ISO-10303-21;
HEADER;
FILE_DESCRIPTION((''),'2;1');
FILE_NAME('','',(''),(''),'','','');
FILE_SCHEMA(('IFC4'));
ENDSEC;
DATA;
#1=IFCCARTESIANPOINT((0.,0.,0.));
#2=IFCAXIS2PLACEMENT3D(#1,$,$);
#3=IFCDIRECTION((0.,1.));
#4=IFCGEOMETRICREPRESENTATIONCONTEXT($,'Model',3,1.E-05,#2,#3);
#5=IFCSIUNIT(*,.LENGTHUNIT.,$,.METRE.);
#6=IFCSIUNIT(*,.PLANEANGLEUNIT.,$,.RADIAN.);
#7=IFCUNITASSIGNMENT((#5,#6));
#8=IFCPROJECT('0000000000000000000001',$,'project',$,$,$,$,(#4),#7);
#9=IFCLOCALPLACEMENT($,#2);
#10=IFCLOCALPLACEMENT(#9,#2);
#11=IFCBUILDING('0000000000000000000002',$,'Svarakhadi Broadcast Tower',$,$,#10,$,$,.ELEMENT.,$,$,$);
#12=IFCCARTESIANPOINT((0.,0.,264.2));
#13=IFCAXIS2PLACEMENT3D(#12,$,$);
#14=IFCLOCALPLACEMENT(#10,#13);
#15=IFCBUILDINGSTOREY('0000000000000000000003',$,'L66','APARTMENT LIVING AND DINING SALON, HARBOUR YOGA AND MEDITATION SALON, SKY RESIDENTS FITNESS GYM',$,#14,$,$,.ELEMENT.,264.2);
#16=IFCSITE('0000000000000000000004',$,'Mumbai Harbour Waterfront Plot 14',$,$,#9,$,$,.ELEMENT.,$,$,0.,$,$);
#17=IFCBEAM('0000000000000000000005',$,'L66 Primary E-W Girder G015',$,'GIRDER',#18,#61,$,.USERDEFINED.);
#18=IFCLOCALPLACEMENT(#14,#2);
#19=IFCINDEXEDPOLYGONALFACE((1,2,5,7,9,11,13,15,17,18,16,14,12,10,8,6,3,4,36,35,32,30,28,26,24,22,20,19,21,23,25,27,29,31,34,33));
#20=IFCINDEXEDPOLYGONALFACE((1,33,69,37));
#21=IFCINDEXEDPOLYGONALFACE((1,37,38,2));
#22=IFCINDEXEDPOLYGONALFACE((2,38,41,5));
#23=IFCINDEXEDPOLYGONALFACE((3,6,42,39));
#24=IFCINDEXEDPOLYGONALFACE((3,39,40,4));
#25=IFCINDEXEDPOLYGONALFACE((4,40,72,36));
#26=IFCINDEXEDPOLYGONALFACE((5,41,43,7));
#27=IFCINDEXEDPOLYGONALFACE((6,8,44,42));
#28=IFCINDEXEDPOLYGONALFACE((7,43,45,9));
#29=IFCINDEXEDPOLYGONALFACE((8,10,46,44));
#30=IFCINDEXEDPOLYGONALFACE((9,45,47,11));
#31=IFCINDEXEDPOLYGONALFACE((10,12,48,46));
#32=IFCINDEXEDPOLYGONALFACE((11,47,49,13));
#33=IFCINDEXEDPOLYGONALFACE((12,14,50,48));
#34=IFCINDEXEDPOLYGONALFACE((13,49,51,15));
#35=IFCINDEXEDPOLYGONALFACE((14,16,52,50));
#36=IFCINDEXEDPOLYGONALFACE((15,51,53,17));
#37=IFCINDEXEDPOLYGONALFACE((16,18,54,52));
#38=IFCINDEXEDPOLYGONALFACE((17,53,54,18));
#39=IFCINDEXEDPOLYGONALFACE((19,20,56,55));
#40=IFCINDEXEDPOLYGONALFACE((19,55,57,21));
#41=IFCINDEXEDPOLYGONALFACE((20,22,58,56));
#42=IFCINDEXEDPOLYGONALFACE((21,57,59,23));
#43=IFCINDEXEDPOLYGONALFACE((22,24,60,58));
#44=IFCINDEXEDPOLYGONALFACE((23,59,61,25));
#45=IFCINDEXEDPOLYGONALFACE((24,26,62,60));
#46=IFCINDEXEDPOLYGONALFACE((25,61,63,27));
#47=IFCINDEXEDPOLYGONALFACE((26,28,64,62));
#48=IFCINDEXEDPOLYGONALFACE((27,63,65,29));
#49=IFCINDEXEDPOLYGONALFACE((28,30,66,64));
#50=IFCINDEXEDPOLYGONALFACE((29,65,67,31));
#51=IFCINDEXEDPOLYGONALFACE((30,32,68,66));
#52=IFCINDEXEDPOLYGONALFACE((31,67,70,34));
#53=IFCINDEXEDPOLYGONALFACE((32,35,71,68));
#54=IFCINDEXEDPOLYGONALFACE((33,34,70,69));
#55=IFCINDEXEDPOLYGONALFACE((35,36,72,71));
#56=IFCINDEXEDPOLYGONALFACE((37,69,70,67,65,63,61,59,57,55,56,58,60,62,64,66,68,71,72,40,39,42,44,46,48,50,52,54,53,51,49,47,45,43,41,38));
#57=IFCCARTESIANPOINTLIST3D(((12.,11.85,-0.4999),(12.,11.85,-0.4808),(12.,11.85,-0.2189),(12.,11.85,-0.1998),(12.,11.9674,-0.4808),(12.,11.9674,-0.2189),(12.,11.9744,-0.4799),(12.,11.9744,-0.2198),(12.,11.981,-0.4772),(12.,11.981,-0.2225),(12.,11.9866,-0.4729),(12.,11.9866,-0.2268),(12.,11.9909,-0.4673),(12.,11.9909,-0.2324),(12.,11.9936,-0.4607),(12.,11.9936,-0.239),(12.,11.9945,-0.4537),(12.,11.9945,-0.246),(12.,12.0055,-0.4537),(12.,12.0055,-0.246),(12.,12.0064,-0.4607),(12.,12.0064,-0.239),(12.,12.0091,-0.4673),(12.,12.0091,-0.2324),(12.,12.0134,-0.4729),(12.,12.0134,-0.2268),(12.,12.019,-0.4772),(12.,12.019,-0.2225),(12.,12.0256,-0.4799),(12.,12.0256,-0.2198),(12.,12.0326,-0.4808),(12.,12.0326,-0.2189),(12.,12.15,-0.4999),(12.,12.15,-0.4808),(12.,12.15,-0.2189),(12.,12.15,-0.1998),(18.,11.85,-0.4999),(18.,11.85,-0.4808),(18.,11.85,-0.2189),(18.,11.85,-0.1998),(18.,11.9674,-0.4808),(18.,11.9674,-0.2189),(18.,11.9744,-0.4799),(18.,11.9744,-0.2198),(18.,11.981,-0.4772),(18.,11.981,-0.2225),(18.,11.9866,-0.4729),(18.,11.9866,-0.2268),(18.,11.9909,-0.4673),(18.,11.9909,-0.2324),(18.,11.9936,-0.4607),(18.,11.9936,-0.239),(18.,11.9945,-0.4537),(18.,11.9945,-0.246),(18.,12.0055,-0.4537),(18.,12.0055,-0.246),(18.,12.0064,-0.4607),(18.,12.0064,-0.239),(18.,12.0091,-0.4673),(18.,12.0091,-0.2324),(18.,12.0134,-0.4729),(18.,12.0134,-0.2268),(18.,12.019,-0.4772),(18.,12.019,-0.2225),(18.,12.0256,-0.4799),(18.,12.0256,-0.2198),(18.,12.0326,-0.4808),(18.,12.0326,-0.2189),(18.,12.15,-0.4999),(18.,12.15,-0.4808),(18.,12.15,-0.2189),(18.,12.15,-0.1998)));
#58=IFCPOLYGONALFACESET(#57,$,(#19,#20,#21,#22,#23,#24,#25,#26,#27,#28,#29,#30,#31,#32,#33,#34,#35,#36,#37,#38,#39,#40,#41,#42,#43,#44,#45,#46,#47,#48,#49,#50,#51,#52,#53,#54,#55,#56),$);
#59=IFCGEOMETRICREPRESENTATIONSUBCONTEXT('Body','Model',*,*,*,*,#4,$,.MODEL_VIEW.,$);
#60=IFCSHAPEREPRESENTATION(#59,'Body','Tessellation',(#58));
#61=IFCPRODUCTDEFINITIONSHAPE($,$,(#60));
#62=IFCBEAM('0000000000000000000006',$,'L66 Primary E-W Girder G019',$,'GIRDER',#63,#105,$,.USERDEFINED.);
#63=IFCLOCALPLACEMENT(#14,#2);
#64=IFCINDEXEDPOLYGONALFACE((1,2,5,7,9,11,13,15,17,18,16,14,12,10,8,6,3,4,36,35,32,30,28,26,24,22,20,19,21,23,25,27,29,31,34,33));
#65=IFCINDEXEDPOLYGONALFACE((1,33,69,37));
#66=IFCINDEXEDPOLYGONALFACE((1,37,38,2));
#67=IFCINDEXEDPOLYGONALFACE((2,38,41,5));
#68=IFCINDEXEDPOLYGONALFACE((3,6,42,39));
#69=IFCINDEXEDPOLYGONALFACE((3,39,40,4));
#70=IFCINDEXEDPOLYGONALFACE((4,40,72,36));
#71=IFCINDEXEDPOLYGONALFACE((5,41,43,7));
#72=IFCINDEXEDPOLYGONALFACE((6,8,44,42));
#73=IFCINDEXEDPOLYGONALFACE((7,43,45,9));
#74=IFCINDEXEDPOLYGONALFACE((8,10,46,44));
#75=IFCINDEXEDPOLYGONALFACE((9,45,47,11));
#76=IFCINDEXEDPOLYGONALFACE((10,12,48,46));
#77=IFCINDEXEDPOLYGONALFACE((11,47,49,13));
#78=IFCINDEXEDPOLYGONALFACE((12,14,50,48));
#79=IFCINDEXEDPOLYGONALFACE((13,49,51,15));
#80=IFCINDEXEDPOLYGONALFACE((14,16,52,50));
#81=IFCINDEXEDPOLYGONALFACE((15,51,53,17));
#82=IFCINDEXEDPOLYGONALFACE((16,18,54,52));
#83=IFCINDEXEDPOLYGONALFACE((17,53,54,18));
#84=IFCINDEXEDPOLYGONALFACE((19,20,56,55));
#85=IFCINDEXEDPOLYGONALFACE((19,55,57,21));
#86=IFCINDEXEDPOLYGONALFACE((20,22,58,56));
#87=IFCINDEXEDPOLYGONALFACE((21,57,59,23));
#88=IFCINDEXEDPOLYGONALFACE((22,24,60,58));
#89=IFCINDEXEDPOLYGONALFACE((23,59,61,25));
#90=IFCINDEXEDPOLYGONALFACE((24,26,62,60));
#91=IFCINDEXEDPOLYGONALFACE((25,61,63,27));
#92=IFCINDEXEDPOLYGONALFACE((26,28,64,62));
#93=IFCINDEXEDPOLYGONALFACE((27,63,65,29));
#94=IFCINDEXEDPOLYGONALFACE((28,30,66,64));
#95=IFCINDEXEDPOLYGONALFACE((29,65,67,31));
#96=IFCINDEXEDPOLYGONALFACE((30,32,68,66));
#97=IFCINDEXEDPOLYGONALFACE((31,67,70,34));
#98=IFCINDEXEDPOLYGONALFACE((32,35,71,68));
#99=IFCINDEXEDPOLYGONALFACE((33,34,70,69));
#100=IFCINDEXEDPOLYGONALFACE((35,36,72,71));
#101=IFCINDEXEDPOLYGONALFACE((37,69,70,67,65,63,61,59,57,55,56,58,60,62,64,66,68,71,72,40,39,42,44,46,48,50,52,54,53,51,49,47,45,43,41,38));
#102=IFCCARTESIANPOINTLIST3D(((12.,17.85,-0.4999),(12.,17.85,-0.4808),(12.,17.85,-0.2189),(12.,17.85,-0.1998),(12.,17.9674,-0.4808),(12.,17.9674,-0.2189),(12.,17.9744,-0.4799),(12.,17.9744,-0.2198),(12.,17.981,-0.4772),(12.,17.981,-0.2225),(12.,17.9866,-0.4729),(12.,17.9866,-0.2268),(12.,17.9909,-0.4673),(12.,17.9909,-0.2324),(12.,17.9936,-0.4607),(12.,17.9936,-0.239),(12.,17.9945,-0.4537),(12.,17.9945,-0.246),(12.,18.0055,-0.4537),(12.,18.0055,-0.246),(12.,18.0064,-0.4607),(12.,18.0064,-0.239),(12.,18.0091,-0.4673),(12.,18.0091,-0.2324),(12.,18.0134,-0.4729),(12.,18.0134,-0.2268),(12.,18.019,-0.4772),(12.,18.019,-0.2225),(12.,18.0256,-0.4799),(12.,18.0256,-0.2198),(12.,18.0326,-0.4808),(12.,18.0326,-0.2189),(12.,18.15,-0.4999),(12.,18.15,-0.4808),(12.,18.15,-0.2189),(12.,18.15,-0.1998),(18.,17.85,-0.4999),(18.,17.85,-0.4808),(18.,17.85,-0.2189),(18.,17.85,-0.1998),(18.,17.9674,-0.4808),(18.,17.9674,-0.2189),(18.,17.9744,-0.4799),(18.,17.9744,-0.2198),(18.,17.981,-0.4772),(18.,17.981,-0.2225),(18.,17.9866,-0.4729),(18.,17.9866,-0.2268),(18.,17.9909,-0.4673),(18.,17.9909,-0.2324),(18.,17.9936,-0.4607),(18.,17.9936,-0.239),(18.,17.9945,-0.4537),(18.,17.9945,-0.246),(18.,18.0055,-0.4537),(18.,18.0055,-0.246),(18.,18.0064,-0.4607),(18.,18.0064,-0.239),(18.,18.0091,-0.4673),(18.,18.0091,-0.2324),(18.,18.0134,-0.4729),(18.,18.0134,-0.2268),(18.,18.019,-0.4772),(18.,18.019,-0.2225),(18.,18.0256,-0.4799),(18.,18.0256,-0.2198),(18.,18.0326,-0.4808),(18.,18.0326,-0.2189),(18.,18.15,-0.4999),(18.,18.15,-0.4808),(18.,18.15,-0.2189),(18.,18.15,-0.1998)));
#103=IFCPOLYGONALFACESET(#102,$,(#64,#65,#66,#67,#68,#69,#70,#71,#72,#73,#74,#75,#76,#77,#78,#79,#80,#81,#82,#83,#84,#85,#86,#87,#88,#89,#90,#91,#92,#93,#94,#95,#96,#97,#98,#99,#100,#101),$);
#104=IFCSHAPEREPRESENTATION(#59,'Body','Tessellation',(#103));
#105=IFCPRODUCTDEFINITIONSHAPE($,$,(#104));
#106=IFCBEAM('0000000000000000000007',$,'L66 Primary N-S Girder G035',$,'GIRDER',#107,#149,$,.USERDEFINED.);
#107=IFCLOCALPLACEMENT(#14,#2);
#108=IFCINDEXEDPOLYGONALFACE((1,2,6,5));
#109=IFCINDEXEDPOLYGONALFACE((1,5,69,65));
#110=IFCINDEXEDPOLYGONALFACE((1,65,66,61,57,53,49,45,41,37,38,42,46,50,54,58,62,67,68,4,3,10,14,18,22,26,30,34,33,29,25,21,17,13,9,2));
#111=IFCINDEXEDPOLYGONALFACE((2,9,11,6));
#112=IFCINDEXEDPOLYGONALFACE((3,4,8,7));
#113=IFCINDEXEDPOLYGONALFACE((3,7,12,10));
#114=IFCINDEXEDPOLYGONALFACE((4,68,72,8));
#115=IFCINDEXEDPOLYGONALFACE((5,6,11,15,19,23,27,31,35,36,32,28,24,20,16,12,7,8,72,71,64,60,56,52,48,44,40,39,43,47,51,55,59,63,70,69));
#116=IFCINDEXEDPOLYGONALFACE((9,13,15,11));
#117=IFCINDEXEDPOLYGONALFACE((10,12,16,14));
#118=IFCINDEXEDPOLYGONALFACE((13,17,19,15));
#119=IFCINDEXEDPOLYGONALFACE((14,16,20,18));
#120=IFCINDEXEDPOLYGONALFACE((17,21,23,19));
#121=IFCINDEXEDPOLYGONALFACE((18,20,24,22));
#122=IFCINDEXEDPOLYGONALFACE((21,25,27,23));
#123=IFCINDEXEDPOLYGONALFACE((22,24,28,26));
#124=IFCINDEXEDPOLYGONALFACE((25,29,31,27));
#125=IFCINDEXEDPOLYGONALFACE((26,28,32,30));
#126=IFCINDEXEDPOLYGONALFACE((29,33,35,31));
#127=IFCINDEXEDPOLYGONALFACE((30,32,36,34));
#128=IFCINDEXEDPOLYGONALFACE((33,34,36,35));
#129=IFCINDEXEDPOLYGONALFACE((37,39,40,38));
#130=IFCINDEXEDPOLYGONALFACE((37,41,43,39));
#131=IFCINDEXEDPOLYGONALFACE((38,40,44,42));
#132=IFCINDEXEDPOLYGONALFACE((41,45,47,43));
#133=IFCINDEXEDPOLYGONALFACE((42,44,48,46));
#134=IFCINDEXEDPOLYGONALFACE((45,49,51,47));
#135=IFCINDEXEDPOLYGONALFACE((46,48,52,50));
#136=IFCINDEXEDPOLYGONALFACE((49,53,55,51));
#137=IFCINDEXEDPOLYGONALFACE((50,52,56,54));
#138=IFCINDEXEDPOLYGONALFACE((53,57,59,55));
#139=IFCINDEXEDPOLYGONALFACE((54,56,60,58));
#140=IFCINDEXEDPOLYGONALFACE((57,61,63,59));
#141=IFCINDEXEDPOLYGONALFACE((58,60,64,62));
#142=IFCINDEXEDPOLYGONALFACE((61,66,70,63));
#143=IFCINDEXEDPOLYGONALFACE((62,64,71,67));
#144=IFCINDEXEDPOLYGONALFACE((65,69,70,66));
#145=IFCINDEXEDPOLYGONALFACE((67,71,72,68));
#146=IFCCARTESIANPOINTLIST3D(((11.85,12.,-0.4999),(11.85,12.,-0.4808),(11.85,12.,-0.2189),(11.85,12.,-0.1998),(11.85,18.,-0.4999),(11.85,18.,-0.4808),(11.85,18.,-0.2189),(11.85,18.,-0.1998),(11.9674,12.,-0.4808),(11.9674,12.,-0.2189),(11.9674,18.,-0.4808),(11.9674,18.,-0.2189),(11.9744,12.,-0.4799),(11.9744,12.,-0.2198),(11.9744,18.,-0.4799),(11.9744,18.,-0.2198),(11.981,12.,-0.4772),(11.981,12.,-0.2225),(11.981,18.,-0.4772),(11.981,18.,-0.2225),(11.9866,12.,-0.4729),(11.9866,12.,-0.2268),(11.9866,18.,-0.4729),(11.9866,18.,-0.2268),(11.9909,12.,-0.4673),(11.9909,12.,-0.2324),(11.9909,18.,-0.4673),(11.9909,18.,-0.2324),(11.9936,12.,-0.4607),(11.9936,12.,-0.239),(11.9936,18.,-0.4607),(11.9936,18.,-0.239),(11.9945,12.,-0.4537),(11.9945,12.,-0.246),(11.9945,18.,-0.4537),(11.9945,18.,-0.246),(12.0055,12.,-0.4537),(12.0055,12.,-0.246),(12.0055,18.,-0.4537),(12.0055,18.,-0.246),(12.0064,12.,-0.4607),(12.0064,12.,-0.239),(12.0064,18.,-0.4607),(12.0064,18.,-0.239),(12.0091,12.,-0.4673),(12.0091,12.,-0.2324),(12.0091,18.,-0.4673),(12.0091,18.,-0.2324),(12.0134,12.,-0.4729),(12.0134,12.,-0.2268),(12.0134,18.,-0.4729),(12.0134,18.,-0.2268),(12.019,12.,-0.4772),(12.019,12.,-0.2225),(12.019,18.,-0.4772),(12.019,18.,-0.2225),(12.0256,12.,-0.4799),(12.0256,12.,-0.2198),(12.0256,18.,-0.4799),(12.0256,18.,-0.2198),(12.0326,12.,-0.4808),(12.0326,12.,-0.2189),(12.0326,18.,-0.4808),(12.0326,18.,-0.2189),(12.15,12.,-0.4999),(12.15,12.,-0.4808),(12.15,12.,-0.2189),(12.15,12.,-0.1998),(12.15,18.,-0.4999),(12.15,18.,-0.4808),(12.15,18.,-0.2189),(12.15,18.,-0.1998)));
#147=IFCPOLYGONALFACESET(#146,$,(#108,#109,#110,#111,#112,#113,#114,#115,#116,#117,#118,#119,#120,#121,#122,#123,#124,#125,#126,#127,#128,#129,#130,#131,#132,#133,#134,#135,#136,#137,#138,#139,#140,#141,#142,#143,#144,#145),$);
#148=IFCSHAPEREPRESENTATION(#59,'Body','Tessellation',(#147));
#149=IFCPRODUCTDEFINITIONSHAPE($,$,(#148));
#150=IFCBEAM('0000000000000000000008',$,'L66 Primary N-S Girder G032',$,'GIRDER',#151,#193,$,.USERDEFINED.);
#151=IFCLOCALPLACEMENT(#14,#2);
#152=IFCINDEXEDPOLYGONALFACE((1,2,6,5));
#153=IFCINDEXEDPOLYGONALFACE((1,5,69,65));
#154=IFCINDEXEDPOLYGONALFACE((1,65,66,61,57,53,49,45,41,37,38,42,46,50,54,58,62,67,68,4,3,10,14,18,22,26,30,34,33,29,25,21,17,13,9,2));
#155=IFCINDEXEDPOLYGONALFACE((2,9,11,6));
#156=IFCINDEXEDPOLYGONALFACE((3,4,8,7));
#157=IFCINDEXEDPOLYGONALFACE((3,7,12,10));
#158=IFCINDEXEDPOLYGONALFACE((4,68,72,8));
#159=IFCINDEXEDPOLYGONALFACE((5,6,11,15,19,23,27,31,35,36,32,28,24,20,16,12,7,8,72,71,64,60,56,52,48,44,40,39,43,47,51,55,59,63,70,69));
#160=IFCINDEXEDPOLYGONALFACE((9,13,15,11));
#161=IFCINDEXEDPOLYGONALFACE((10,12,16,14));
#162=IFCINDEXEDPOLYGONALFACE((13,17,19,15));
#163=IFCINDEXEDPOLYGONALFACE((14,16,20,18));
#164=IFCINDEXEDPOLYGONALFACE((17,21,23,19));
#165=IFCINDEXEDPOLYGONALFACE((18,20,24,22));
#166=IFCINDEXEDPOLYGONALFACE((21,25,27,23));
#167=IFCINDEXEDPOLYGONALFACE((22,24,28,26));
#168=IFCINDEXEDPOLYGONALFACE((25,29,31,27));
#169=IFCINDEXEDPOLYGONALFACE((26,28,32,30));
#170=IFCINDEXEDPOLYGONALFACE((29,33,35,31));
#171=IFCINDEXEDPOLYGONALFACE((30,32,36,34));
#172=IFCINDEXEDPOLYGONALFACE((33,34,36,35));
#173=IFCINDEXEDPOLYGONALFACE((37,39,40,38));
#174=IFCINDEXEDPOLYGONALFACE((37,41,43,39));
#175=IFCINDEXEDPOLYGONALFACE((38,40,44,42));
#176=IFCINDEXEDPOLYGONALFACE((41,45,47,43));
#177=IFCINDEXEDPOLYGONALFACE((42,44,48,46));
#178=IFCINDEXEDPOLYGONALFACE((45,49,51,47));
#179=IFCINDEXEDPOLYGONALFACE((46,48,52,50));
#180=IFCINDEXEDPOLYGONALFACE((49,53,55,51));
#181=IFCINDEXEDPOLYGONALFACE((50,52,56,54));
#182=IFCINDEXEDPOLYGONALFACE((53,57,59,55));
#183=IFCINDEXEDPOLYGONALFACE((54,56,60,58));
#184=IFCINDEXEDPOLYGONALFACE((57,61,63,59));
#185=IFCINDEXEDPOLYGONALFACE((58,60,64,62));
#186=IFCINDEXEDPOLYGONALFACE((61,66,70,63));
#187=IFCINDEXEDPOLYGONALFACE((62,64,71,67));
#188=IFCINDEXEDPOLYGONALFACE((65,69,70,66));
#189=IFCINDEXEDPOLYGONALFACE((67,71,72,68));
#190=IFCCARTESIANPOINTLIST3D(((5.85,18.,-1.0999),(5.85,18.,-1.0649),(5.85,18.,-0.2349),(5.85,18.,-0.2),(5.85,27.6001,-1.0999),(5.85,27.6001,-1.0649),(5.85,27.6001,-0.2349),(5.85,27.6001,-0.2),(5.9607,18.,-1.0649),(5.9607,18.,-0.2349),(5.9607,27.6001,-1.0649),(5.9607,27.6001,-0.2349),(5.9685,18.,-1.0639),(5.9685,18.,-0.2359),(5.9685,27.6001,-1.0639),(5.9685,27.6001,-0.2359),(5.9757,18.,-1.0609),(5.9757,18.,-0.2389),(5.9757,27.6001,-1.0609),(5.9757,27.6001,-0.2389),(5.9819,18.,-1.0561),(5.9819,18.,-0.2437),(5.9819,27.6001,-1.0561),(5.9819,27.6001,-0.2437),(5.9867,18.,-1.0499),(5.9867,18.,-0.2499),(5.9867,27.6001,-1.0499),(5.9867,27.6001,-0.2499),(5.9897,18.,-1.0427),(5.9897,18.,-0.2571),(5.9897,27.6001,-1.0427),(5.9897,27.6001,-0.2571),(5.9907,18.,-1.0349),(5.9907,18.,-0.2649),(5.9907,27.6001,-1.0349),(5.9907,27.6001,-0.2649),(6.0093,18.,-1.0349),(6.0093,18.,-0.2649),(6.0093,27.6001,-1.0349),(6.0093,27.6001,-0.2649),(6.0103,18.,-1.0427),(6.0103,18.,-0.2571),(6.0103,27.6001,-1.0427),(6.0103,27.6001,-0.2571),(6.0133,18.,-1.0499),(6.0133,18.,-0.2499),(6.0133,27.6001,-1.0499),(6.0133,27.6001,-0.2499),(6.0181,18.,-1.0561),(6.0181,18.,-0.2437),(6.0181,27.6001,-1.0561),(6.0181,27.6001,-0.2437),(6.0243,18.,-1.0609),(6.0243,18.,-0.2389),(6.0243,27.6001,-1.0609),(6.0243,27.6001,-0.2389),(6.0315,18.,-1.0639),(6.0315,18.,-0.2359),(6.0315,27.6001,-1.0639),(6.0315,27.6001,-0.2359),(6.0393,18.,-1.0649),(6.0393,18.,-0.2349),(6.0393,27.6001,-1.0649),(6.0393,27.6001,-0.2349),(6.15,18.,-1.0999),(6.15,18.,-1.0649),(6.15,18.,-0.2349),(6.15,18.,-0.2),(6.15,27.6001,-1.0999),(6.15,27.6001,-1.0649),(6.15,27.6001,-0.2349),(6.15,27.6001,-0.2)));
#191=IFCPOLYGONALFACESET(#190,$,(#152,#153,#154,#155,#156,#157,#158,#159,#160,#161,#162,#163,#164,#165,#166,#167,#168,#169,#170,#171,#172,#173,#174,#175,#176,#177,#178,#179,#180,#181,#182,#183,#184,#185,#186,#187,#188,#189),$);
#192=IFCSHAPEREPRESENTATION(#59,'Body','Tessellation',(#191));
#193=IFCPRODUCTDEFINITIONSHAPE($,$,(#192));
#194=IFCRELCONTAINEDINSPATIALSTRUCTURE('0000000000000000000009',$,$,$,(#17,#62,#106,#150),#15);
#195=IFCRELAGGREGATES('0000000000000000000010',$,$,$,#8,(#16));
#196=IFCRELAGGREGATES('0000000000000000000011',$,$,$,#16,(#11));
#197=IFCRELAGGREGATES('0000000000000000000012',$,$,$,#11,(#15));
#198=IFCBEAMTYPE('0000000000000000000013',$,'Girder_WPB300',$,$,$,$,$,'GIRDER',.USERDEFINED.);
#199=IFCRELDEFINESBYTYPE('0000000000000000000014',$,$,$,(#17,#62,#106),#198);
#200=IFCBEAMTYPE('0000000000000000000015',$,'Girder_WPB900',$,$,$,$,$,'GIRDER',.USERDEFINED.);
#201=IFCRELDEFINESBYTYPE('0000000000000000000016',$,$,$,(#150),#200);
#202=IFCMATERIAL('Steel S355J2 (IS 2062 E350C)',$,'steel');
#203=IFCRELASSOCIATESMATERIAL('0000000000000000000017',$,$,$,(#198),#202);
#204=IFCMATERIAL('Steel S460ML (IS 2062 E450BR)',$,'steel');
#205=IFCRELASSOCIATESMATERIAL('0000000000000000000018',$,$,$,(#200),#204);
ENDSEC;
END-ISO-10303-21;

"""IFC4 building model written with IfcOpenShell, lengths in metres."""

from ifc_helpers import new_model, si_unit, direction, frame, origin, origin_2d, place, context, subcontext, project, spatial, i_section, extrude, material, material_profile, profile_set, type_object, element, save


model = new_model("IFC4")

# Units and contexts
model_context = context("Model", 3, precision=1e-05, world=origin(), true_north=direction((0.0, 1.0)))
body_context = subcontext(model_context, "Body", "Model", "MODEL_VIEW")
ifc_project = project(units=[si_unit("LENGTHUNIT", "METRE"), si_unit("PLANEANGLEUNIT", "RADIAN")], contexts=[model_context])

# Site, building, storey
site_placement = place(None, origin())
site = spatial("IfcSite", under=ifc_project, at=site_placement, Name="Mumbai Harbour Waterfront Plot 14", CompositionType="ELEMENT", RefElevation=0.0)
building_placement = place(site_placement, origin())
building = spatial("IfcBuilding", under=site, at=building_placement, Name="Svarakhadi Broadcast Tower", CompositionType="ELEMENT")
storey_placement = place(building_placement, frame((0.0, 0.0, 264.2)))
storey = spatial("IfcBuildingStorey", under=building, at=storey_placement, Name="L66", Description="APARTMENT LIVING AND DINING SALON, HARBOUR YOGA AND MEDITATION SALON, SKY RESIDENTS FITNESS GYM", CompositionType="ELEMENT", Elevation=264.2)

# Shared definitions
ifc_material_1 = material(Name="Steel S460ML (IS 2062 E450BR)", Category="steel")

# Beams
ifc_material_2 = material(Name="Steel S355J2 (IS 2062 E350C)", Category="steel")
ifc_material_profile_1 = material_profile(ifc_material_2, i_section(OverallWidth=0.3, OverallDepth=0.3, WebThickness=0.011, FlangeThickness=0.019, FilletRadius=0.0271, at=origin_2d()), Name="WPB 300x300x117")
ifc_profile_set_1 = profile_set([ifc_material_profile_1], Name="Steel S355J2 (IS 2062 E350C)")
beam_type_1 = type_object("IfcBeamType", Name="Girder_WPB300", ElementType="GIRDER", PredefinedType="USERDEFINED", material=ifc_profile_set_1)
for number, where, z_axis, x_axis, name in (
    (1, (12.0, 12.0, -0.3499), (1.0, 0.0, 0.0), (0.0, 1.0, 0.0), "L66 Primary E-W Girder G015"),
    (2, (12.0, 18.0, -0.3499), (1.0, 0.0, 0.0), (0.0, 1.0, 0.0), "L66 Primary E-W Girder G019"),
    (3, (12.0, 12.0, -0.3499), (0.0, 1.0, 0.0), (-1.0, 0.0, 0.0), "L66 Primary N-S Girder G035"),
):
    element("IfcBeam", number, at=place(storey_placement, frame(where, z_axis=z_axis, x_axis=x_axis)), inside=storey, type_object=beam_type_1, Name=name, ObjectType="GIRDER", PredefinedType="USERDEFINED", context=body_context, shape_type="SweptSolid", body=[
        extrude(i_section(OverallWidth=0.3, OverallDepth=0.3, WebThickness=0.011, FlangeThickness=0.019, FilletRadius=0.0271, at=origin_2d()), origin(), (0.0, 0.0, 1.0), 6.0),
    ])
ifc_material_profile_2 = material_profile(ifc_material_1, i_section(OverallWidth=0.3, OverallDepth=0.8999, WebThickness=0.0186, FlangeThickness=0.0349, FilletRadius=0.03, at=origin_2d()), Name="WPB 900x300x291")
ifc_profile_set_2 = profile_set([ifc_material_profile_2], Name="Steel S460ML (IS 2062 E450BR)")
beam_type_2 = type_object("IfcBeamType", Name="Girder_WPB900", ElementType="GIRDER", PredefinedType="USERDEFINED", material=ifc_profile_set_2)
beam_1_placement = place(storey_placement, frame((6.0, 18.0, -0.6499), z_axis=(0.0, 1.0, 0.0), x_axis=(-1.0, 0.0, 0.0)))
element("IfcBeam", 4, at=beam_1_placement, inside=storey, type_object=beam_type_2, Name="L66 Primary N-S Girder G032", ObjectType="GIRDER", PredefinedType="USERDEFINED", context=body_context, shape_type="SweptSolid", body=[
    extrude(i_section(OverallWidth=0.3, OverallDepth=0.8999, WebThickness=0.0186, FlangeThickness=0.0349, FilletRadius=0.03, at=origin_2d()), origin(), (0.0, 0.0, 1.0), 9.6001),
])

save(model, "model.ifc")
